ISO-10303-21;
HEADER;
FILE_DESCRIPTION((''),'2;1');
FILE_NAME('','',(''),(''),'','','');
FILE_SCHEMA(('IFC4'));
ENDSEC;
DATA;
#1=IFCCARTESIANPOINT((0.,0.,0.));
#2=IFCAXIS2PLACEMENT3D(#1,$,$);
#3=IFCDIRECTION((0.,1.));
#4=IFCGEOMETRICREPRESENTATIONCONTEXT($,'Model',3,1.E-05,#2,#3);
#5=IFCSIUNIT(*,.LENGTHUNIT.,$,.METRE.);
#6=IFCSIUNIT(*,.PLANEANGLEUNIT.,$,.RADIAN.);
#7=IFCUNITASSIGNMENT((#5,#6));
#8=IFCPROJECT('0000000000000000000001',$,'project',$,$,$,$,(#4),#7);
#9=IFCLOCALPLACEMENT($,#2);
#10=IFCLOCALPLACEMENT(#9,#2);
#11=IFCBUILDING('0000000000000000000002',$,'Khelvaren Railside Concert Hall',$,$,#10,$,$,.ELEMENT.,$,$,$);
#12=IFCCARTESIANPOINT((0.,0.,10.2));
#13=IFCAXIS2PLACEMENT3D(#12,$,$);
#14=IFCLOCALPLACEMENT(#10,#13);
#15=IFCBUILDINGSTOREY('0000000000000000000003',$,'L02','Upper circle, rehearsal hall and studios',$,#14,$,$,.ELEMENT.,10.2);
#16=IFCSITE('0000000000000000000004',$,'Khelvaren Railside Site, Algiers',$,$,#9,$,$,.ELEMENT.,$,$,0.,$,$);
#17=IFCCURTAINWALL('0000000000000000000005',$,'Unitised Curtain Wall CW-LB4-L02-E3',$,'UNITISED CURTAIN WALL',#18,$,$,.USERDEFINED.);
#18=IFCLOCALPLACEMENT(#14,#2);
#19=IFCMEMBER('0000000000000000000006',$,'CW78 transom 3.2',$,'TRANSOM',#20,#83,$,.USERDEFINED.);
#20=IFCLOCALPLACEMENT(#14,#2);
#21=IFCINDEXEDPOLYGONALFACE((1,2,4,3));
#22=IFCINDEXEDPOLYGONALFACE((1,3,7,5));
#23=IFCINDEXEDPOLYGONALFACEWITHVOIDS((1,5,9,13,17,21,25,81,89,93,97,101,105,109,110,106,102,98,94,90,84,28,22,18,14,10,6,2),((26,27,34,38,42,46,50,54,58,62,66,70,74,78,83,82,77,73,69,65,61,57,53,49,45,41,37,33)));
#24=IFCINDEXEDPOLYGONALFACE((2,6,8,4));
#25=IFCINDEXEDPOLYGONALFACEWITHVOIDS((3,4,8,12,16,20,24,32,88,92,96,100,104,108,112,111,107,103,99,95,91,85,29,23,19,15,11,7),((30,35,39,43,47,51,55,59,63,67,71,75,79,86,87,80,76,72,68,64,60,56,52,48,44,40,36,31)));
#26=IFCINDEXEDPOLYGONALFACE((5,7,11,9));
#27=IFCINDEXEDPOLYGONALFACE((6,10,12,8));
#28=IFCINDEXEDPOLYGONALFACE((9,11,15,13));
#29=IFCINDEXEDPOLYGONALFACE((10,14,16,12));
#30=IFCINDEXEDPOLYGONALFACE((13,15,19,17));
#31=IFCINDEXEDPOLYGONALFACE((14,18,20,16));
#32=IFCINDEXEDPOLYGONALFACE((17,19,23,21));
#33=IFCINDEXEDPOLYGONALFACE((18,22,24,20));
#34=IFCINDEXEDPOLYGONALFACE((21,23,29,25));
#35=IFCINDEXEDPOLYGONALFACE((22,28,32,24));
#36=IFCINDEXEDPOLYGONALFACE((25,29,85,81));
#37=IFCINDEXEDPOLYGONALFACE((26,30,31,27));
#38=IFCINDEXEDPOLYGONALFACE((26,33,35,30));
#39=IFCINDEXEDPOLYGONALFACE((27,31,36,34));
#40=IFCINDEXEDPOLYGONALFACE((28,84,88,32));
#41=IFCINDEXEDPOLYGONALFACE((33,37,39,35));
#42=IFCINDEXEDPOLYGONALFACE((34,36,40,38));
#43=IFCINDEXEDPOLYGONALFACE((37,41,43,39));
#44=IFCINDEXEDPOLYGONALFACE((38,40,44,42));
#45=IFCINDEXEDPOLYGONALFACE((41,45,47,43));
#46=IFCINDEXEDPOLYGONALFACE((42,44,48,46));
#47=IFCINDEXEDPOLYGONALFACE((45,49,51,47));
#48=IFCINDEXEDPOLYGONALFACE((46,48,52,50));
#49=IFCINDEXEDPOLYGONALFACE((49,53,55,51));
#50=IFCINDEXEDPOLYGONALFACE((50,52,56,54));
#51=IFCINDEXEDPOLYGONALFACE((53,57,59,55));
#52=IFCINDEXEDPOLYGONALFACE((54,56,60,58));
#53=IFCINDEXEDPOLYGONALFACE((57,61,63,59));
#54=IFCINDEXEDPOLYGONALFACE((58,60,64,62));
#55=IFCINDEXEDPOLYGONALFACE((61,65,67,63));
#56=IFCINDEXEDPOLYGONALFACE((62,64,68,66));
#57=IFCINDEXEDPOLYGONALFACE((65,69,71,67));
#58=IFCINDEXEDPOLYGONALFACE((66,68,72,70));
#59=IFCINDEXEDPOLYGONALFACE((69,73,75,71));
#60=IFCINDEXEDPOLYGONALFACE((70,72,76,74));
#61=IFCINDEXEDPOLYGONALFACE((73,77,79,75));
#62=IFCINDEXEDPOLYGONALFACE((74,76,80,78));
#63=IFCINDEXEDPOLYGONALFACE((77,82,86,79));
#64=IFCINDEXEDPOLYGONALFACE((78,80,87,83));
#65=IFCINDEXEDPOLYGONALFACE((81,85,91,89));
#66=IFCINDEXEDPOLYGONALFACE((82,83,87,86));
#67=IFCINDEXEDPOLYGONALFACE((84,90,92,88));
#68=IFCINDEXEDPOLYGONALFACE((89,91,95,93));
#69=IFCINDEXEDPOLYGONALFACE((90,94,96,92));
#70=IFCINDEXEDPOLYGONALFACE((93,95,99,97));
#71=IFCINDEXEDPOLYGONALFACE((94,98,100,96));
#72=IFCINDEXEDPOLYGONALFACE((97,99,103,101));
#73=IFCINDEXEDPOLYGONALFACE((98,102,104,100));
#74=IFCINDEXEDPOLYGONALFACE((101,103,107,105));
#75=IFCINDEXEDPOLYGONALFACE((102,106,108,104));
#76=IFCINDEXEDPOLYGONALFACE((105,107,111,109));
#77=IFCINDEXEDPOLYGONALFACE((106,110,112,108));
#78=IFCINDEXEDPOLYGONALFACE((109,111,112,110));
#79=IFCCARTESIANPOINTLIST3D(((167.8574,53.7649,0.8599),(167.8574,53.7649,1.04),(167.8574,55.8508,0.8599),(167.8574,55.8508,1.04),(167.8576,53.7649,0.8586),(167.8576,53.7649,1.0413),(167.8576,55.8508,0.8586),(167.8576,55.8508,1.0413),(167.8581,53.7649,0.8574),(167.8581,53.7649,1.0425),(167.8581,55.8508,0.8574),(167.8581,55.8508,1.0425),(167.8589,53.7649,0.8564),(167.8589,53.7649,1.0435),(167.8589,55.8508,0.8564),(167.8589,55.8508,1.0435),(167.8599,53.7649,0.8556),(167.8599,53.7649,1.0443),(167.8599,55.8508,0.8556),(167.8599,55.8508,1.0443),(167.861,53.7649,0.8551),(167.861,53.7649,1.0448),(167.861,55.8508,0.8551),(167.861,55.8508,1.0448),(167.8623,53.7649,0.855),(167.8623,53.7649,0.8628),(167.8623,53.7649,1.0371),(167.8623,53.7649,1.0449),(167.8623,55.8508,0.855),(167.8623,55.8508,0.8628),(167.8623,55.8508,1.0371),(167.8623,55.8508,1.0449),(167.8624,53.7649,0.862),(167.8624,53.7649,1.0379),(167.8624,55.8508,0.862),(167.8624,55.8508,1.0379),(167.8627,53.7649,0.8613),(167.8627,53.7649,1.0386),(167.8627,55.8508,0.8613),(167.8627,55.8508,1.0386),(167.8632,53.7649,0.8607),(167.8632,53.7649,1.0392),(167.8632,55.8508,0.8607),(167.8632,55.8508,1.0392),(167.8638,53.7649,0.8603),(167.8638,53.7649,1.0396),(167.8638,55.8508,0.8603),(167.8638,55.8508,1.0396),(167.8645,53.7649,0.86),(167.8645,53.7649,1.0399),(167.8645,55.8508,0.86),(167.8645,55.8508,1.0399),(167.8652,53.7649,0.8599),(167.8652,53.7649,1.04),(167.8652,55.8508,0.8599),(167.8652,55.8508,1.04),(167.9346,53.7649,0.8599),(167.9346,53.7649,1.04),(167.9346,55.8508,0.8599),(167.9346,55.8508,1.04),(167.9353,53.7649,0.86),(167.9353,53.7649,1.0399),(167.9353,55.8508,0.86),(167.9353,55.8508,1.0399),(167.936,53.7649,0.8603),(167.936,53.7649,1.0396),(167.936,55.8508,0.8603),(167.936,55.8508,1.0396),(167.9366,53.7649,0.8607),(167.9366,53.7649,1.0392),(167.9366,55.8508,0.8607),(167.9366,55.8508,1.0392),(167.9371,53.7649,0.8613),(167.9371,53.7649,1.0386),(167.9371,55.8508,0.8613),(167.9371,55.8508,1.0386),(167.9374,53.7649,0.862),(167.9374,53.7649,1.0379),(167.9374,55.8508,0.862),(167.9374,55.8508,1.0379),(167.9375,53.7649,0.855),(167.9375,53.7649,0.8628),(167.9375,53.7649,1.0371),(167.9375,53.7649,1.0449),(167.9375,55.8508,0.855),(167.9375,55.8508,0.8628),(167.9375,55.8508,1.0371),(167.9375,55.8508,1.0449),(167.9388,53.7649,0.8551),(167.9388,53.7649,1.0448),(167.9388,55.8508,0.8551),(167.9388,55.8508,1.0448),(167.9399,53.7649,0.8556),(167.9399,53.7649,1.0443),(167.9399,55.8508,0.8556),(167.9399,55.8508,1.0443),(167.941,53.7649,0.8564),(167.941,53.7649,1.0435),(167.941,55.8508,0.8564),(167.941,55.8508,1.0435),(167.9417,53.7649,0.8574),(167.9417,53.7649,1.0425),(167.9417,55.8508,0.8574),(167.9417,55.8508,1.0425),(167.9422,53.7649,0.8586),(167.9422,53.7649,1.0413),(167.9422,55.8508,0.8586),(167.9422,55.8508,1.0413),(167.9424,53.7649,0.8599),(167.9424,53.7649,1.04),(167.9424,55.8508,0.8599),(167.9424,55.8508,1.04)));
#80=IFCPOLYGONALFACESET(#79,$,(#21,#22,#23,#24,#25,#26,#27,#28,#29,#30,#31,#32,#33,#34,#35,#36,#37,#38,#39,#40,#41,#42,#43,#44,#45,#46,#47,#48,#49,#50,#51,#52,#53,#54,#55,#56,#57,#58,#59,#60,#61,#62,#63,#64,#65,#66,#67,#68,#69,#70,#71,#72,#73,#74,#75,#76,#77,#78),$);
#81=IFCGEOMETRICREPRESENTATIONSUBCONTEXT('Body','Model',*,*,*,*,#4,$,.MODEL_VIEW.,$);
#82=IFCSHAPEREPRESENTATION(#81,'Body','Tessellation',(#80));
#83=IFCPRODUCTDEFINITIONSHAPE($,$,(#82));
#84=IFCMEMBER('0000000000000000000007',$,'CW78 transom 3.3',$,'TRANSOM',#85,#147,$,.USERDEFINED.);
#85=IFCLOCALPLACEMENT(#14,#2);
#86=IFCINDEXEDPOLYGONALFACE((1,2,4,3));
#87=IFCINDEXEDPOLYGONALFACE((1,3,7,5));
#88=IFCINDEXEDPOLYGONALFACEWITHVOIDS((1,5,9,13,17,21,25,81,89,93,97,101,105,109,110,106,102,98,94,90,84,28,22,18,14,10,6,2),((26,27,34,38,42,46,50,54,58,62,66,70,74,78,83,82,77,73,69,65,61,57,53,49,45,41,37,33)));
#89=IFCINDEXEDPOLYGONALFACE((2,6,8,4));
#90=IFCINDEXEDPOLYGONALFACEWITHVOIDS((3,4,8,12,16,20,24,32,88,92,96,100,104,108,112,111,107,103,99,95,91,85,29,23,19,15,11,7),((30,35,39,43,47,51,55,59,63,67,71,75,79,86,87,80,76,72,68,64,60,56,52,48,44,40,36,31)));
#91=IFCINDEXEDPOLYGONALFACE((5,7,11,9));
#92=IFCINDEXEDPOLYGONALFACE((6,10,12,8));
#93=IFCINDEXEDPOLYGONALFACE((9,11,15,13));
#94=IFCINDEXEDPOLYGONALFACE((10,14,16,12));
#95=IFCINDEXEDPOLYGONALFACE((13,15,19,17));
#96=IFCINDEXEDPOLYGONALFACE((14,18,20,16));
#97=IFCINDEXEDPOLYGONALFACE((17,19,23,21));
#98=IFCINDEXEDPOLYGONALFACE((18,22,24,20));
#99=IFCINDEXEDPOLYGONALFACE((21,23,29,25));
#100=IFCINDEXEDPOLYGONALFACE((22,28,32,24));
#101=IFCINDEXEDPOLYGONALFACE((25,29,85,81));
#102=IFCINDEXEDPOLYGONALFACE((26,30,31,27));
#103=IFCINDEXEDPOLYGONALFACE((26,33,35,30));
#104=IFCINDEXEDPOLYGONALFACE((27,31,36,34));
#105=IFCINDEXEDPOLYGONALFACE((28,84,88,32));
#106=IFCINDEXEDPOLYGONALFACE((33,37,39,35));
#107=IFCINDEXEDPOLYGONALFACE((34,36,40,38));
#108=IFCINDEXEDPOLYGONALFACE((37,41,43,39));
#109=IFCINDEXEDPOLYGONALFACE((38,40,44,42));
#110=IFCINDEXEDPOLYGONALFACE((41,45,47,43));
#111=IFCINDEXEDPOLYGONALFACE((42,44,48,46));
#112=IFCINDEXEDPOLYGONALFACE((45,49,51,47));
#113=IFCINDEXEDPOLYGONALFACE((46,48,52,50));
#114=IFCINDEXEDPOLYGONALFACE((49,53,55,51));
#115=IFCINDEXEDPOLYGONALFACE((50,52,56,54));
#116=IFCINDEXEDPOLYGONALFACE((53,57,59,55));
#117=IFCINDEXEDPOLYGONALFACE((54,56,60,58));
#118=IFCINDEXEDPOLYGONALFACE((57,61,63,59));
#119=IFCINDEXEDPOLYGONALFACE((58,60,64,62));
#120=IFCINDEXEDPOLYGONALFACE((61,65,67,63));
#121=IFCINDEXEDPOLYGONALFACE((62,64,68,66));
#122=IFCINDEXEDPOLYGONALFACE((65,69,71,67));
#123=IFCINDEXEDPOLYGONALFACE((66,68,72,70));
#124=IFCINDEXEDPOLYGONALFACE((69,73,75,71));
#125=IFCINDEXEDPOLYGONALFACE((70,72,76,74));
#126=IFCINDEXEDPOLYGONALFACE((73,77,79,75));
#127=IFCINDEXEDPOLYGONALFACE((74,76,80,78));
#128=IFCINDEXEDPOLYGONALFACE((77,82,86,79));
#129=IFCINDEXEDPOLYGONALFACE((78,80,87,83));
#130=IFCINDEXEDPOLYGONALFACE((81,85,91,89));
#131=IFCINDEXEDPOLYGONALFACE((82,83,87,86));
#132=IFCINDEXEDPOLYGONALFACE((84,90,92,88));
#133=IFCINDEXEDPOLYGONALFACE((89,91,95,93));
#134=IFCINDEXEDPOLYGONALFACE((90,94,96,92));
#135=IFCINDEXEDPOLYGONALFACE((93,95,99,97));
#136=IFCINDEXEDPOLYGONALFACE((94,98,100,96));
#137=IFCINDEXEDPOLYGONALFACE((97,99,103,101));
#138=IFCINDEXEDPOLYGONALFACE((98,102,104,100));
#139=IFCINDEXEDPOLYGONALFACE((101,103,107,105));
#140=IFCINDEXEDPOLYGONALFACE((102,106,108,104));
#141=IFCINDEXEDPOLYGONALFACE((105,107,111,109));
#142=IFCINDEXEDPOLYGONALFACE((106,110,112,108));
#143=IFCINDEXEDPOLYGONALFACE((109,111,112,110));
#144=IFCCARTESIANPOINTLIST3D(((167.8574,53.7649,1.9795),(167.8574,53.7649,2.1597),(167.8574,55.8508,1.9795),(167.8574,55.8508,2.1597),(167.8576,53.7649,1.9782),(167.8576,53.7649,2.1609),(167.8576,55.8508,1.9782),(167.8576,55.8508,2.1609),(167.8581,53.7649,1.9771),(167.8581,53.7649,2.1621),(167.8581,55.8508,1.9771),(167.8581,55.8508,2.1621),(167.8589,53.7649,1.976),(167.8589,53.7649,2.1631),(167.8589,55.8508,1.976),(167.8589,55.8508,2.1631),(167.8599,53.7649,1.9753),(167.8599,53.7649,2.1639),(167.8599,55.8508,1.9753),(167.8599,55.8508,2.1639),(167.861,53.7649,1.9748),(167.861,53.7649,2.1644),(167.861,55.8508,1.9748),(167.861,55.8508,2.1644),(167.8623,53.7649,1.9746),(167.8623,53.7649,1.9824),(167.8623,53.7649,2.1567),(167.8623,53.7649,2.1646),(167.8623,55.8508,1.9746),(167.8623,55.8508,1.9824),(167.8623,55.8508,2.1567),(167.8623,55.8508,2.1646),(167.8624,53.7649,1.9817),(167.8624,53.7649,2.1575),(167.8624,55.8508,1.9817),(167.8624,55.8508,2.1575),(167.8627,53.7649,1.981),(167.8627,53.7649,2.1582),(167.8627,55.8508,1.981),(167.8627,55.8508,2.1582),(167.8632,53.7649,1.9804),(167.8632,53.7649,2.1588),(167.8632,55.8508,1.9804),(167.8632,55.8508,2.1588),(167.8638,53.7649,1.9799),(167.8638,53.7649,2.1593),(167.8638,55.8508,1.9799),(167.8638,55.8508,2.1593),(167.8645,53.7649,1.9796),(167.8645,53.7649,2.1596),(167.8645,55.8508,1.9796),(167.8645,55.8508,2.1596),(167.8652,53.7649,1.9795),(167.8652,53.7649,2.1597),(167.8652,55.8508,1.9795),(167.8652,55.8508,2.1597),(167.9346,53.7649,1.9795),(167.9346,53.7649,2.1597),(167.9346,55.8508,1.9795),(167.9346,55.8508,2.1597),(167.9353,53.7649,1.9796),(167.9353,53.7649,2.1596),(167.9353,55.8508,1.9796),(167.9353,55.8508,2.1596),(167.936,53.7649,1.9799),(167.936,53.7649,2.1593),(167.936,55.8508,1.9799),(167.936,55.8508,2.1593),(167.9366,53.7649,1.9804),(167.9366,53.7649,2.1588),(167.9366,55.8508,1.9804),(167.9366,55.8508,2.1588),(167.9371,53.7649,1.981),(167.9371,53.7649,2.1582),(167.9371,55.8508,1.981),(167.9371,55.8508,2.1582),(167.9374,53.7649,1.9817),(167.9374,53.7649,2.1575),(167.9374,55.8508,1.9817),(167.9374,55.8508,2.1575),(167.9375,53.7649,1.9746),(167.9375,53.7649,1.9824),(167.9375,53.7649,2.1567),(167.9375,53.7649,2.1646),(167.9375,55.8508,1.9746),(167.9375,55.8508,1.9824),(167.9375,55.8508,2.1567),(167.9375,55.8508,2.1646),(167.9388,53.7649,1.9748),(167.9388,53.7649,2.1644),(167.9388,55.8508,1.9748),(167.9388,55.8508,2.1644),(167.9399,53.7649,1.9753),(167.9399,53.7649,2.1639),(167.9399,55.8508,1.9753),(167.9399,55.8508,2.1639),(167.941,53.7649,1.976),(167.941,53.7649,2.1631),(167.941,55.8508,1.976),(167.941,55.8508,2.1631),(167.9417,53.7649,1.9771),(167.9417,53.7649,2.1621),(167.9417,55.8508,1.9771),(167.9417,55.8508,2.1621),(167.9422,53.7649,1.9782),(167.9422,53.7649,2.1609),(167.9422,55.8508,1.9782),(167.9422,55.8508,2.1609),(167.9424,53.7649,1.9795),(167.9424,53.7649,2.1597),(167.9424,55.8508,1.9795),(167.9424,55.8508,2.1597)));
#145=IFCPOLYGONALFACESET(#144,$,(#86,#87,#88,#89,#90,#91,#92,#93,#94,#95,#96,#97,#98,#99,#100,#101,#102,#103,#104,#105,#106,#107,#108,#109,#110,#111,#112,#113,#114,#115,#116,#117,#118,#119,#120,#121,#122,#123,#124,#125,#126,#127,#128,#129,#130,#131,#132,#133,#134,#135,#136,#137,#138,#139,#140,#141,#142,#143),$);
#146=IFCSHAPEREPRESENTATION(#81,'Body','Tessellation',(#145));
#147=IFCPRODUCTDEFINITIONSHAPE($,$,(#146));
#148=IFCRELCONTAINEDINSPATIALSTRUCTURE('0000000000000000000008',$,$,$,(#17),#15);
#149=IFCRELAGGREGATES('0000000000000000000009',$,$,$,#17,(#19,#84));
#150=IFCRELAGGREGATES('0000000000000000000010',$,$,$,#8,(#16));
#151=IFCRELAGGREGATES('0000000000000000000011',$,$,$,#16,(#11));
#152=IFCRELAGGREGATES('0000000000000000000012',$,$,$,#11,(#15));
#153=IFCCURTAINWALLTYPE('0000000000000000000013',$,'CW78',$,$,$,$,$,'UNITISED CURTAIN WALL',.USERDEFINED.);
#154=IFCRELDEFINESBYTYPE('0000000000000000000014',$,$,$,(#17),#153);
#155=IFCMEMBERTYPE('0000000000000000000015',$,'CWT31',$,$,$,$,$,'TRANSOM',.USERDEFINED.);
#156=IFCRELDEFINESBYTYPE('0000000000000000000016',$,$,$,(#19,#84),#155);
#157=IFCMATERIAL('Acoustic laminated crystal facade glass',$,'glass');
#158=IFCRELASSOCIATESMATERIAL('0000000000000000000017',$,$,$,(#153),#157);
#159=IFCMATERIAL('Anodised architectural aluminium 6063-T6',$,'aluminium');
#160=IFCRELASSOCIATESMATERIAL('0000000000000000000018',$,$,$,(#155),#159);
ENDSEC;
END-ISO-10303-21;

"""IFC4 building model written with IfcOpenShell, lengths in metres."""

from ifc_helpers import new_model, si_unit, direction, frame, origin, origin_2d, place, context, subcontext, project, spatial, hollow_rectangle, extrude, material, material_profile, profile_set, type_object, element, aggregate, save


model = new_model("IFC4")

# Units and contexts
model_context = context("Model", 3, precision=1e-05, world=origin(), true_north=direction((0.0, 1.0)))
body_context = subcontext(model_context, "Body", "Model", "MODEL_VIEW")
ifc_project = project(units=[si_unit("LENGTHUNIT", "METRE"), si_unit("PLANEANGLEUNIT", "RADIAN")], contexts=[model_context])

# Site, building, storey
site_placement = place(None, origin())
site = spatial("IfcSite", under=ifc_project, at=site_placement, Name="Khelvaren Railside Site, Algiers", CompositionType="ELEMENT", RefElevation=0.0)
building_placement = place(site_placement, origin())
building = spatial("IfcBuilding", under=site, at=building_placement, Name="Khelvaren Railside Concert Hall", CompositionType="ELEMENT")
storey_placement = place(building_placement, frame((0.0, 0.0, 10.2)))
storey = spatial("IfcBuildingStorey", under=building, at=storey_placement, Name="L02", Description="Upper circle, rehearsal hall and studios", CompositionType="ELEMENT", Elevation=10.2)

# Curtain wall
ifc_material_1 = material(Name="Acoustic laminated crystal facade glass", Category="glass")
curtain_wall_type = type_object("IfcCurtainWallType", Name="CW78", ElementType="UNITISED CURTAIN WALL", PredefinedType="USERDEFINED", material=ifc_material_1)
ifc_material_2 = material(Name="Anodised architectural aluminium 6063-T6", Category="aluminium")
curtain_wall_1_placement = place(storey_placement, origin())
curtain_wall_1 = element("IfcCurtainWall", 1, at=curtain_wall_1_placement, inside=storey, type_object=curtain_wall_type, Name="Unitised Curtain Wall CW-LB4-L02-E3", ObjectType="UNITISED CURTAIN WALL", PredefinedType="USERDEFINED")

# Members
ifc_material_profile_1 = material_profile(ifc_material_2, hollow_rectangle(XDim=0.085, YDim=0.1899, WallThickness=0.0049, InnerFilletRadius=0.0029, OuterFilletRadius=0.0049, at=origin_2d()), Name="CWT 85x190x5")
ifc_profile_set_1 = profile_set([ifc_material_profile_1], Name="Anodised architectural aluminium 6063-T6")
member_type_1 = type_object("IfcMemberType", Name="CWT31", ElementType="TRANSOM", PredefinedType="USERDEFINED", material=ifc_profile_set_1)
member_1_placement = place(storey_placement, frame((167.8999, 55.8508, 0.95), z_axis=(0.0, -1.0, 0.0), x_axis=(1.0, 0.0, 0.0)))
member_1 = element("IfcMember", 2, at=member_1_placement, type_object=member_type_1, Name="CW78 transom 3.2", ObjectType="TRANSOM", PredefinedType="USERDEFINED", context=body_context, shape_type="SweptSolid", body=[
    extrude(hollow_rectangle(XDim=0.085, YDim=0.1899, WallThickness=0.0049, InnerFilletRadius=0.0029, OuterFilletRadius=0.0049, at=origin_2d()), origin(), (0.0, 0.0, 1.0), 2.0859),
])
member_2_placement = place(storey_placement, frame((167.8999, 55.8508, 2.0696), z_axis=(0.0, -1.0, 0.0), x_axis=(1.0, 0.0, 0.0)))
member_2 = element("IfcMember", 3, at=member_2_placement, type_object=member_type_1, Name="CW78 transom 3.3", ObjectType="TRANSOM", PredefinedType="USERDEFINED", context=body_context, shape_type="SweptSolid", body=[
    extrude(hollow_rectangle(XDim=0.085, YDim=0.1899, WallThickness=0.0049, InnerFilletRadius=0.0029, OuterFilletRadius=0.0049, at=origin_2d()), origin(), (0.0, 0.0, 1.0), 2.0859),
])

aggregate(curtain_wall_1, [member_1, member_2])

save(model, "model.ifc")
